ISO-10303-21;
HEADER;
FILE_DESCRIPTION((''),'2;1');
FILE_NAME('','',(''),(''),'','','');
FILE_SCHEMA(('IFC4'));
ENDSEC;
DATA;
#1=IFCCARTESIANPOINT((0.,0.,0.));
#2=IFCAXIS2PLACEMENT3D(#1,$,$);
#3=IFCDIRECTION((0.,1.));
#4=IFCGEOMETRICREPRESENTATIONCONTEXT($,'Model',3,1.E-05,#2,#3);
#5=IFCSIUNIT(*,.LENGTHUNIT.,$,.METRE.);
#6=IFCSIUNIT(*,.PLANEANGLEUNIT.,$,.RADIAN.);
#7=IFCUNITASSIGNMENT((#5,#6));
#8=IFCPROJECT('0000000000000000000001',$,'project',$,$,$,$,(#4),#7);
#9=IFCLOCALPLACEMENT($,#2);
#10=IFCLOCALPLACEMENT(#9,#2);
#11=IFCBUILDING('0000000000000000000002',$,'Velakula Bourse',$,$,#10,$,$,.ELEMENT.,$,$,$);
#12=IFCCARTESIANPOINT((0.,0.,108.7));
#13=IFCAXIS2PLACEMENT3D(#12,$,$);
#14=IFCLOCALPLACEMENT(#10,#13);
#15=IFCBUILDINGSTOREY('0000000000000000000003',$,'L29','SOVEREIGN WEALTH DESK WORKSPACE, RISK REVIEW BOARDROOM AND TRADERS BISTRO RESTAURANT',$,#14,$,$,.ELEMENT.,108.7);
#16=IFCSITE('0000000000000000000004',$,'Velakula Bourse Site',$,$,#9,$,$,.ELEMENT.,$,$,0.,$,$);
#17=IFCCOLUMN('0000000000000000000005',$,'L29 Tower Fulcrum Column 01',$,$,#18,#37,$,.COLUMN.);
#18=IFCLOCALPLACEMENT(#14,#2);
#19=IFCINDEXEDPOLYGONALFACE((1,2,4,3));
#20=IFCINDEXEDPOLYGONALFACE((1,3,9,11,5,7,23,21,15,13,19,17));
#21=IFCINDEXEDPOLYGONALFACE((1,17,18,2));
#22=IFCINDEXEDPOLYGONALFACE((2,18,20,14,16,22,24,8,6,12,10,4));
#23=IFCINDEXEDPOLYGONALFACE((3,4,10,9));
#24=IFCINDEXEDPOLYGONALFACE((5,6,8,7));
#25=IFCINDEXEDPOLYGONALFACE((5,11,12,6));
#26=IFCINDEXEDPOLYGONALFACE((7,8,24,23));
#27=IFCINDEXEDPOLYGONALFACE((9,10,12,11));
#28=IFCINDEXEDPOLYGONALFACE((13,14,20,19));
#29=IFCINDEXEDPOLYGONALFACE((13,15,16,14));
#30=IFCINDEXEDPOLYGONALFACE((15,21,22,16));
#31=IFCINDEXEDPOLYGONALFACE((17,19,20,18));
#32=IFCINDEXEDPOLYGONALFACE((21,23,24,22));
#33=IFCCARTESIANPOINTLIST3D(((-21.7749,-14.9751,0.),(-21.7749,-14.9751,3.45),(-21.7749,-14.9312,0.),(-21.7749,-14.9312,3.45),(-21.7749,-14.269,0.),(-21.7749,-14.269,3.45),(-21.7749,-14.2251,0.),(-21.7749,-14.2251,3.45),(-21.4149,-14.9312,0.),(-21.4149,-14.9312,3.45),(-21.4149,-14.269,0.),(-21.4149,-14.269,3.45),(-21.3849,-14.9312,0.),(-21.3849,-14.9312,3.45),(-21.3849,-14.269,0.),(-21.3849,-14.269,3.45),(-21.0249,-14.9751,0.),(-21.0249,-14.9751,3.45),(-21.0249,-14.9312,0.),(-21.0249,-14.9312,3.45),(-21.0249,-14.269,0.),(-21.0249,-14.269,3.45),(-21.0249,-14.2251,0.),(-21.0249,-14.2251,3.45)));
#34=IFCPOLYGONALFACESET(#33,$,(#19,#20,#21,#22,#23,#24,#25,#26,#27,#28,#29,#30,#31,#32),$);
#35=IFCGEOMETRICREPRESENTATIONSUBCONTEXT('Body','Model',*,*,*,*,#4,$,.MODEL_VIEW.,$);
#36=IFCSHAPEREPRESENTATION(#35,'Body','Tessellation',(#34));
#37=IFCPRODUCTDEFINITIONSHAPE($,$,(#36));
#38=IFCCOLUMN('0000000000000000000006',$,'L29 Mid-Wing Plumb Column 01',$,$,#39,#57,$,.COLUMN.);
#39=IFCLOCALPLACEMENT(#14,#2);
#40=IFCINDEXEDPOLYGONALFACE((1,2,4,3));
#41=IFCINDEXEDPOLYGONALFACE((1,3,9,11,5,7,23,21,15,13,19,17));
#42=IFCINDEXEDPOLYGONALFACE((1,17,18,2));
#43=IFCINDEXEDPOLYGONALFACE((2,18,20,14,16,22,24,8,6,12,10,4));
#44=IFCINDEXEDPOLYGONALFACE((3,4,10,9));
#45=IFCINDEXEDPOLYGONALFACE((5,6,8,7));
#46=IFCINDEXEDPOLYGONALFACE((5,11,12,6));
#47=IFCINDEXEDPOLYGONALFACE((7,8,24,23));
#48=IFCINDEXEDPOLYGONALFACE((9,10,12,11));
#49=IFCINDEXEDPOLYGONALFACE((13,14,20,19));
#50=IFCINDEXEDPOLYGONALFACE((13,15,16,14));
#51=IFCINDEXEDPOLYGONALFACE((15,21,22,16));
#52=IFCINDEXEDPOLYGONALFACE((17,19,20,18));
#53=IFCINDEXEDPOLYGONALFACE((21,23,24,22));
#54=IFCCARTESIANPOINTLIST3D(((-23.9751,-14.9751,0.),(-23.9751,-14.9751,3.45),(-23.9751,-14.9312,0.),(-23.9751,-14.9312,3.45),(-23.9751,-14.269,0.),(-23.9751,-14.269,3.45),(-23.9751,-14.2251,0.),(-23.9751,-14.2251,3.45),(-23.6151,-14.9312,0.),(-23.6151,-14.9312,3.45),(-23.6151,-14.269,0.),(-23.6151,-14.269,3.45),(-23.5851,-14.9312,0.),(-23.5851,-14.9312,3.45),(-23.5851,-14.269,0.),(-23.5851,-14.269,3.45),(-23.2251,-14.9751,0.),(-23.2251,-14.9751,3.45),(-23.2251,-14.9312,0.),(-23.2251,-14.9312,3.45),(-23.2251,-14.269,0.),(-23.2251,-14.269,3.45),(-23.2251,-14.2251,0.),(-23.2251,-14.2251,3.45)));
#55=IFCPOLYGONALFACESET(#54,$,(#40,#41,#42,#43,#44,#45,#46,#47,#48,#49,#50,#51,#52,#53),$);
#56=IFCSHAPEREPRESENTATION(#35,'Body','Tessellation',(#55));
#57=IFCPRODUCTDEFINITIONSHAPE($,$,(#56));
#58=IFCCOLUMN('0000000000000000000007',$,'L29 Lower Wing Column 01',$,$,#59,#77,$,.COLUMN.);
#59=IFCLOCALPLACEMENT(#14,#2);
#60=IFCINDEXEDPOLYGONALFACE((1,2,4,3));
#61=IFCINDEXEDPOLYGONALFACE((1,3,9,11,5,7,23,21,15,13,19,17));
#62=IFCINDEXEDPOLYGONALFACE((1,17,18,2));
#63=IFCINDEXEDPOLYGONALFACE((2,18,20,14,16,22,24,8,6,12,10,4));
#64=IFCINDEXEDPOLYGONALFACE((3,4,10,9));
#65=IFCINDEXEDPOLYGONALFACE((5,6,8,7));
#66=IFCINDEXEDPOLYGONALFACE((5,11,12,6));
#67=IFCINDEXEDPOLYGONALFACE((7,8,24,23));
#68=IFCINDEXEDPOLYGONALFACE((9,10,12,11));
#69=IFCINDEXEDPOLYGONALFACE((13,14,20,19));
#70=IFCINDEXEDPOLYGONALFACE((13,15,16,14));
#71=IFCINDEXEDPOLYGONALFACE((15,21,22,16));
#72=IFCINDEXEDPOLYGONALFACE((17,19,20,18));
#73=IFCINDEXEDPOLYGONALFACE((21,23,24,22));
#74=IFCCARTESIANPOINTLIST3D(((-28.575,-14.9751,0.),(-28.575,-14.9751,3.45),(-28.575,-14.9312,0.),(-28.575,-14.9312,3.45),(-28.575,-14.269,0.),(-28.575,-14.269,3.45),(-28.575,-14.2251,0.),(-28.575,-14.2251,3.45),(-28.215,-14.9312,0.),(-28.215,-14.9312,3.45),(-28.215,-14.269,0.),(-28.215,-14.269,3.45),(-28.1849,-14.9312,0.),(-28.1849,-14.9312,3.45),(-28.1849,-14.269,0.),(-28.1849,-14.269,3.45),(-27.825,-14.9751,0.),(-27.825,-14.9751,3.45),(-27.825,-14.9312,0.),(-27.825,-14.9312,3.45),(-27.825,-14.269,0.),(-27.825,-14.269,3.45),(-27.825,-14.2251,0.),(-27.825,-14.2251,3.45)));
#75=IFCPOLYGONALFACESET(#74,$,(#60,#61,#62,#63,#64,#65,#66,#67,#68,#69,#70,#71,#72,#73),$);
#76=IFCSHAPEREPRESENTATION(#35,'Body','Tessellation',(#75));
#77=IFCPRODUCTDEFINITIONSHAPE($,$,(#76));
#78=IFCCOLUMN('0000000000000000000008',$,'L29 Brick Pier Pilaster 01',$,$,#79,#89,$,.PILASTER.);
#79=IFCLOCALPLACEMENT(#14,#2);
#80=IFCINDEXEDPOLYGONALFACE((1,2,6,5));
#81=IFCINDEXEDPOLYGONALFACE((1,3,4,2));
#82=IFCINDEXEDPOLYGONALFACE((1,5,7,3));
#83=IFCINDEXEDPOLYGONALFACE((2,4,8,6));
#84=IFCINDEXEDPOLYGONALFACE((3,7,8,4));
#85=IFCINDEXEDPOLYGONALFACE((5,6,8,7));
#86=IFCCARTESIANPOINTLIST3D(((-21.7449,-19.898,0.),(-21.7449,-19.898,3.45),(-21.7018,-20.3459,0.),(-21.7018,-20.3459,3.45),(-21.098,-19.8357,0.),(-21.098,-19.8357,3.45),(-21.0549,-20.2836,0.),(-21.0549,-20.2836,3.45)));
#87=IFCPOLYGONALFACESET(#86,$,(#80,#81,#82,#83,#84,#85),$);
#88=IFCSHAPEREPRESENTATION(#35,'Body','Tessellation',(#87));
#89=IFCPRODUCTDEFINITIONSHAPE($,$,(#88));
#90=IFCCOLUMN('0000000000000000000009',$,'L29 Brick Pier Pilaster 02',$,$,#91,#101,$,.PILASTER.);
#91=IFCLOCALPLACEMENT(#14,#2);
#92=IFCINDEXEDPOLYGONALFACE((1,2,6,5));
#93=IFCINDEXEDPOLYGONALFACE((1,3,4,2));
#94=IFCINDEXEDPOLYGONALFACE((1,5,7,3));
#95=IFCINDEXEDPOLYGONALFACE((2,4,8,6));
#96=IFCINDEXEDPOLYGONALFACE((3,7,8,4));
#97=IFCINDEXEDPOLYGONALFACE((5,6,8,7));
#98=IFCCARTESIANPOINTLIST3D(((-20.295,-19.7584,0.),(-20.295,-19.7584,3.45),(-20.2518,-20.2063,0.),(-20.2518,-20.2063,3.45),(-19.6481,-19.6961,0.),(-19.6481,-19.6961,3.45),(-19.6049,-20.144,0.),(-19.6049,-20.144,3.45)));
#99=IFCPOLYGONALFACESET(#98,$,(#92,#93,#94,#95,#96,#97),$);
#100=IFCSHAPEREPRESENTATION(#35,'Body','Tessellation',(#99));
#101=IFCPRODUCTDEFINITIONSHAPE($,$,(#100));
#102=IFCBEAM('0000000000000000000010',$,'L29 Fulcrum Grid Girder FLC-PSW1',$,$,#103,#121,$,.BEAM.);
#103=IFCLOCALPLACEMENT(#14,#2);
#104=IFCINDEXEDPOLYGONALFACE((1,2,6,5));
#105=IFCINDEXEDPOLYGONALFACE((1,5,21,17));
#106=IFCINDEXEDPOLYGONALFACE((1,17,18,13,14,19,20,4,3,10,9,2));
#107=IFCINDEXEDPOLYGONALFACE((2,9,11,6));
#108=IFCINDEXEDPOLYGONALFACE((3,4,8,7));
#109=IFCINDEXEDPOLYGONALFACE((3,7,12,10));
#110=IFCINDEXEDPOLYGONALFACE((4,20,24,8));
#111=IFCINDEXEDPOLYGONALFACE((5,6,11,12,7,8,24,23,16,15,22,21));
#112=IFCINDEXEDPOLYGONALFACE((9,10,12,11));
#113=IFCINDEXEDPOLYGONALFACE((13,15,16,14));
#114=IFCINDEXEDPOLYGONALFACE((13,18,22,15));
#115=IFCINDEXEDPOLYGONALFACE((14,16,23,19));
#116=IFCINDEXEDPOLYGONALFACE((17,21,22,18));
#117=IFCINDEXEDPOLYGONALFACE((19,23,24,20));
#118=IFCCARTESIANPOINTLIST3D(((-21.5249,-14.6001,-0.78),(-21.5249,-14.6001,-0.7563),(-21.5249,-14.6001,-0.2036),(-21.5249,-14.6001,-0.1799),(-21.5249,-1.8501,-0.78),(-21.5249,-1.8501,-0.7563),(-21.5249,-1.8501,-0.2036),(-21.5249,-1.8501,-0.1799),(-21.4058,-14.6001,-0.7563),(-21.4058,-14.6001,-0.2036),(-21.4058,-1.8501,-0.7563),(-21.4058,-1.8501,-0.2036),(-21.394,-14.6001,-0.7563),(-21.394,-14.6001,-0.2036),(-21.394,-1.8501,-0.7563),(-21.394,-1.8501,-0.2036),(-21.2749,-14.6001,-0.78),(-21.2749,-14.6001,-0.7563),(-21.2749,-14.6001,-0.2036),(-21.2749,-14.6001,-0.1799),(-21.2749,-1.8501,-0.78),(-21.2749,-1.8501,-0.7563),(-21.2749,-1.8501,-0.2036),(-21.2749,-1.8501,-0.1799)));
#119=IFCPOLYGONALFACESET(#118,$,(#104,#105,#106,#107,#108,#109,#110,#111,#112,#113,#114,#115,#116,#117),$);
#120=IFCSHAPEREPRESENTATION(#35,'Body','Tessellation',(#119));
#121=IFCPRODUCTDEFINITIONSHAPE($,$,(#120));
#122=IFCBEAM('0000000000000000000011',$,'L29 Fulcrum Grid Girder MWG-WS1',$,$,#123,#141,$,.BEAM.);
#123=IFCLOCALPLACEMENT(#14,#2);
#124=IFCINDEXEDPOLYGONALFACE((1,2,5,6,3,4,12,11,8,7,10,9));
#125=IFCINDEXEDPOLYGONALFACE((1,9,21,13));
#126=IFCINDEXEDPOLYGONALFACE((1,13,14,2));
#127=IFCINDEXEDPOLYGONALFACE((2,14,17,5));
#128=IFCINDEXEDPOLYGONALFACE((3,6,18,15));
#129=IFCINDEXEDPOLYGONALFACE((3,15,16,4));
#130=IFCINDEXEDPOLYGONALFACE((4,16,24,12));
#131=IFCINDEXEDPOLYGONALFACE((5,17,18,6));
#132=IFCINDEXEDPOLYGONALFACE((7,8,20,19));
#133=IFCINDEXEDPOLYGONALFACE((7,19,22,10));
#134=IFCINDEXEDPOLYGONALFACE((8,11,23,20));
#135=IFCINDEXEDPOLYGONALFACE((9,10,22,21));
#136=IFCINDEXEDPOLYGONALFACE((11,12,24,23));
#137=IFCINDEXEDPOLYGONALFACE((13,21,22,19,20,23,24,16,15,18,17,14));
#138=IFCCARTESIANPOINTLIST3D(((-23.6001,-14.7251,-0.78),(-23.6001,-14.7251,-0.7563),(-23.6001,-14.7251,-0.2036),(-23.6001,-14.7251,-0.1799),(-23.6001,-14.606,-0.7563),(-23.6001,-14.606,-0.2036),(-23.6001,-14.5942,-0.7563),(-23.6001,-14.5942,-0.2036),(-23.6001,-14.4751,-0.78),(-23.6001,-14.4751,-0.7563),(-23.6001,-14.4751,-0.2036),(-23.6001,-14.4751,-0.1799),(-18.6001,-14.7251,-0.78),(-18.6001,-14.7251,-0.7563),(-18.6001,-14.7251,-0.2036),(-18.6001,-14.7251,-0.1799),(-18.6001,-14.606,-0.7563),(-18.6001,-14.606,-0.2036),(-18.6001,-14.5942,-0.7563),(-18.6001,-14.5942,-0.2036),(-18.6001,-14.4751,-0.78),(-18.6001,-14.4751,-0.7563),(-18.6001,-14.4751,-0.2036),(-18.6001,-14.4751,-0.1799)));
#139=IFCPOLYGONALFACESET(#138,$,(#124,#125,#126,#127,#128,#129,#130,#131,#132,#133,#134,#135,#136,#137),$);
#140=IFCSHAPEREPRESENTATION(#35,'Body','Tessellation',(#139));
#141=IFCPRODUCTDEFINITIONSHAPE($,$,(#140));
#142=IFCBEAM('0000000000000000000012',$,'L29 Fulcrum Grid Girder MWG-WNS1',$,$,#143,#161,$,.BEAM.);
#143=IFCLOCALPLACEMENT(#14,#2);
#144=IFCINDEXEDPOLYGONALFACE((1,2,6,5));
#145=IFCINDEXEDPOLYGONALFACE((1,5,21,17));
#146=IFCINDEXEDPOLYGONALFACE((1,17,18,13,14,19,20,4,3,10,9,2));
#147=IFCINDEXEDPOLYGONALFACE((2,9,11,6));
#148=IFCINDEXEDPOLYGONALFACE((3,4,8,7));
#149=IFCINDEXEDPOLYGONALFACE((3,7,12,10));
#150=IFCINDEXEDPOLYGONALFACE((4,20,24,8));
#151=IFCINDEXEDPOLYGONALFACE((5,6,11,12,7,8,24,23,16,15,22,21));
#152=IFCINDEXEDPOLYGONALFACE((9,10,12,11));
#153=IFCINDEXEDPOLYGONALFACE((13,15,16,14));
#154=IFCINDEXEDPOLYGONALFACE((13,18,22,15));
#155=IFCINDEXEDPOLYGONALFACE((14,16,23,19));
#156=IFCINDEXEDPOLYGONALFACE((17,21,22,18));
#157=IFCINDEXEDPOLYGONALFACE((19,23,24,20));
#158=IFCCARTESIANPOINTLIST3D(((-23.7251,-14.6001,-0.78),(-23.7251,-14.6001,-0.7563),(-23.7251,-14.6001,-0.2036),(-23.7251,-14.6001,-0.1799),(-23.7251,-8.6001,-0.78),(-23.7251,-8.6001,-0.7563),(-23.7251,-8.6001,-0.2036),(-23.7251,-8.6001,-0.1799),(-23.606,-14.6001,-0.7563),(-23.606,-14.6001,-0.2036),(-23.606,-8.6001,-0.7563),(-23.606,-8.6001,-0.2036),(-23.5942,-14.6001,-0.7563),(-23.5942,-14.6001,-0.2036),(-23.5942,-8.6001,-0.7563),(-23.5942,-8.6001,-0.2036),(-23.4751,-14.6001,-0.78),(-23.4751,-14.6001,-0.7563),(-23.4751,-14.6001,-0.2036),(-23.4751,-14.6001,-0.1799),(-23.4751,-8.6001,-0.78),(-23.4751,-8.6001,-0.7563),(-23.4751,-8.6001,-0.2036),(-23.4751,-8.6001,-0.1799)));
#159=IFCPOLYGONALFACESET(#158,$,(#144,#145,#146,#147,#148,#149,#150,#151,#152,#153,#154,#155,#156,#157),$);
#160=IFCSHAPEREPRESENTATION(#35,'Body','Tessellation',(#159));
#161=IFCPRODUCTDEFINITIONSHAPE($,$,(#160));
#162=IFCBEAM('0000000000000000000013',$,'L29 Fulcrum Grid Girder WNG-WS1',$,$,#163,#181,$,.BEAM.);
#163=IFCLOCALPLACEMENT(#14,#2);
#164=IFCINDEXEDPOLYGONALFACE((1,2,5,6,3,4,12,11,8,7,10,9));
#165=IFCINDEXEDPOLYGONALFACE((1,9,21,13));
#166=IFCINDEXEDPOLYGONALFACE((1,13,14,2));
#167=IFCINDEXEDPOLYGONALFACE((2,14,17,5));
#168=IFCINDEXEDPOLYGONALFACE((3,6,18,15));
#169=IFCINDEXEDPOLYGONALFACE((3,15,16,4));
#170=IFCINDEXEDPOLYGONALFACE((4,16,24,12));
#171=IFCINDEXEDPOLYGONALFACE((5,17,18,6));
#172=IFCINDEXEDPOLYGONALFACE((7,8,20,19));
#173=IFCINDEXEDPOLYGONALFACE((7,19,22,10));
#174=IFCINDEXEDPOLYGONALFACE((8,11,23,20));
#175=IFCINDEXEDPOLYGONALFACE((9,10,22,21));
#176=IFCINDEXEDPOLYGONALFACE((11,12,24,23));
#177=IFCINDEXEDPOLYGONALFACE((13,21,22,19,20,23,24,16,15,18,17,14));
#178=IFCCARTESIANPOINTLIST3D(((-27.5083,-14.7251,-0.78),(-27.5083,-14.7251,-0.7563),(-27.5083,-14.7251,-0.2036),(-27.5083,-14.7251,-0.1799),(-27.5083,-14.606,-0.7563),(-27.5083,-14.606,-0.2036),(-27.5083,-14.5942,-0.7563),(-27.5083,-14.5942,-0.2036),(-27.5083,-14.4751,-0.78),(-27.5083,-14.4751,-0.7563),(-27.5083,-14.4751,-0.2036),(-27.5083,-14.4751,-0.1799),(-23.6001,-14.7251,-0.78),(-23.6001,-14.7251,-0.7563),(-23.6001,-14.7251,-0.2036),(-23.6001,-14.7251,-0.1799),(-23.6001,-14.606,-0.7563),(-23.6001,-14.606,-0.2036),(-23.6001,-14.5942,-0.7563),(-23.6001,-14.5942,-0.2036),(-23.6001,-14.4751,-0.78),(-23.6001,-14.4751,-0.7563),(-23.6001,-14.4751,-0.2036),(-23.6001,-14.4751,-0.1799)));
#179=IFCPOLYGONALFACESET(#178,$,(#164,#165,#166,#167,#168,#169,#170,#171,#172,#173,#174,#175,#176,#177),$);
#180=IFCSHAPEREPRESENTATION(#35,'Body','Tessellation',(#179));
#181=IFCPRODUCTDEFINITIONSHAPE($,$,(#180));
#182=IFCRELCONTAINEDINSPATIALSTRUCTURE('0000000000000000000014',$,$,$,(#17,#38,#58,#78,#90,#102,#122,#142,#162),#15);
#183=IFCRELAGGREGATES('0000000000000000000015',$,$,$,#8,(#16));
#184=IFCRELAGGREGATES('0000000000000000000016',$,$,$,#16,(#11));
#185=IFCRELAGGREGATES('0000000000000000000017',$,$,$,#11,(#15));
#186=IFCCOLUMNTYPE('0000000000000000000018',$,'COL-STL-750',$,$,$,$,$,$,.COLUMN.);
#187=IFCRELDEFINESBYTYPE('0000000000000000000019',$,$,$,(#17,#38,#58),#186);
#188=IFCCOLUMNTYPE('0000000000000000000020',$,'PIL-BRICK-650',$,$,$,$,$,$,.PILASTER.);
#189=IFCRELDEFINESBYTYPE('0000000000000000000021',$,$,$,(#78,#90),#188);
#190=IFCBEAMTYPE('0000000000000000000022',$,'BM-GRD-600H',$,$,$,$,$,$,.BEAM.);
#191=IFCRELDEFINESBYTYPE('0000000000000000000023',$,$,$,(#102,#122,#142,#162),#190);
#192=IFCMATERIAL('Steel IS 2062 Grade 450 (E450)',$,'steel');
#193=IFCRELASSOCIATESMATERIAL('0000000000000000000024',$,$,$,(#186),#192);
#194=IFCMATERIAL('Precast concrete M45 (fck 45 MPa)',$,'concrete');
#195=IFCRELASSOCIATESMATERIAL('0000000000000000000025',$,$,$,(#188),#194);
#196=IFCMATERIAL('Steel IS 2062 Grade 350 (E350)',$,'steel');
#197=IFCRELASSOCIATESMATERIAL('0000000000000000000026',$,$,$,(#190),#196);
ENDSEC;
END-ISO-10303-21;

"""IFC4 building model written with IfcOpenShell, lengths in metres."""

from ifc_helpers import new_model, si_unit, direction, frame, origin, origin_2d, place, context, subcontext, project, spatial, rectangle, i_section, extrude, material, material_profile, profile_set, type_object, element, save


model = new_model("IFC4")

# Units and contexts
model_context = context("Model", 3, precision=1e-05, world=origin(), true_north=direction((0.0, 1.0)))
body_context = subcontext(model_context, "Body", "Model", "MODEL_VIEW")
ifc_project = project(units=[si_unit("LENGTHUNIT", "METRE"), si_unit("PLANEANGLEUNIT", "RADIAN")], contexts=[model_context])

# Site, building, storey
site_placement = place(None, origin())
site = spatial("IfcSite", under=ifc_project, at=site_placement, Name="Velakula Bourse Site", CompositionType="ELEMENT", RefElevation=0.0)
building_placement = place(site_placement, origin())
building = spatial("IfcBuilding", under=site, at=building_placement, Name="Velakula Bourse", CompositionType="ELEMENT")
storey_placement = place(building_placement, frame((0.0, 0.0, 108.7)))
storey = spatial("IfcBuildingStorey", under=building, at=storey_placement, Name="L29", Description="SOVEREIGN WEALTH DESK WORKSPACE, RISK REVIEW BOARDROOM AND TRADERS BISTRO RESTAURANT", CompositionType="ELEMENT", Elevation=108.7)

# Columns
ifc_material_1 = material(Name="Steel IS 2062 Grade 450 (E450)", Category="steel")
ifc_material_profile_1 = material_profile(ifc_material_1, i_section(OverallWidth=0.75, OverallDepth=0.75, WebThickness=0.03, FlangeThickness=0.0439, at=origin_2d()), Name="Steel IS 2062 Grade 450 (E450)")
ifc_profile_set_1 = profile_set([ifc_material_profile_1], Name="Steel IS 2062 Grade 450 (E450)")
column_type_1 = type_object("IfcColumnType", Name="COL-STL-750", PredefinedType="COLUMN", material=ifc_profile_set_1)
for number, where, z_axis, x_axis, name in (
    (1, (-21.3999, -14.6001, 0.0), (0.0, 0.0, 1.0), (1.0, 0.0, 0.0), "L29 Tower Fulcrum Column 01"),
    (2, (-23.6001, -14.6001, 0.0), (0.0, 0.0, 1.0), (1.0, 0.0, 0.0), "L29 Mid-Wing Plumb Column 01"),
    (3, (-28.2, -14.6001, 0.0), (0.0, 0.0, 1.0), (1.0, 0.0, 0.0), "L29 Lower Wing Column 01"),
):
    element("IfcColumn", number, at=place(storey_placement, frame(where, z_axis=z_axis, x_axis=x_axis)), inside=storey, type_object=column_type_1, Name=name, PredefinedType="COLUMN", context=body_context, shape_type="SweptSolid", body=[
        extrude(i_section(OverallWidth=0.75, OverallDepth=0.75, WebThickness=0.03, FlangeThickness=0.0439, at=origin_2d()), origin(), (0.0, 0.0, 1.0), 3.45),
    ])
ifc_material_2 = material(Name="Precast concrete M45 (fck 45 MPa)", Category="concrete")
ifc_material_profile_2 = material_profile(ifc_material_2, rectangle(XDim=0.6499, YDim=0.45, at=origin_2d()), Name="Precast concrete M45 (fck 45 MPa)")
ifc_profile_set_2 = profile_set([ifc_material_profile_2], Name="Precast concrete M45 (fck 45 MPa)")
column_type_2 = type_object("IfcColumnType", Name="PIL-BRICK-650", PredefinedType="PILASTER", material=ifc_profile_set_2)
for number, where, z_axis, x_axis, name in (
    (4, (-21.3999, -20.0908, 0.0), (0.0, 0.0, 1.0), (0.995396, 0.095846, 0.0), "L29 Brick Pier Pilaster 01"),
    (5, (-19.95, -19.9512, 0.0), (0.0, 0.0, 1.0), (0.995396, 0.095846, 0.0), "L29 Brick Pier Pilaster 02"),
):
    element("IfcColumn", number, at=place(storey_placement, frame(where, z_axis=z_axis, x_axis=x_axis)), inside=storey, type_object=column_type_2, Name=name, PredefinedType="PILASTER", context=body_context, shape_type="SweptSolid", body=[
        extrude(rectangle(XDim=0.6499, YDim=0.45, at=origin_2d()), origin(), (0.0, 0.0, 1.0), 3.45),
    ])

# Beams
ifc_material_3 = material(Name="Steel IS 2062 Grade 350 (E350)", Category="steel")
ifc_material_profile_3 = material_profile(ifc_material_3, i_section(OverallWidth=0.25, OverallDepth=0.6001, WebThickness=0.0117, FlangeThickness=0.0237, at=origin_2d()), Name="Steel IS 2062 Grade 350 (E350)")
ifc_profile_set_3 = profile_set([ifc_material_profile_3], Name="Steel IS 2062 Grade 350 (E350)")
beam_type_1 = type_object("IfcBeamType", Name="BM-GRD-600H", PredefinedType="BEAM", material=ifc_profile_set_3)
beam_1_placement = place(storey_placement, frame((-21.3999, -14.6001, -0.48), z_axis=(0.0, 1.0, 0.0), x_axis=(-1.0, 0.0, 0.0)))
element("IfcBeam", 6, at=beam_1_placement, inside=storey, type_object=beam_type_1, Name="L29 Fulcrum Grid Girder FLC-PSW1", PredefinedType="BEAM", context=body_context, shape_type="SweptSolid", body=[
    extrude(i_section(OverallWidth=0.25, OverallDepth=0.6001, WebThickness=0.0117, FlangeThickness=0.0237, at=origin_2d()), origin(), (0.0, 0.0, 1.0), 12.75),
])
beam_2_placement = place(storey_placement, frame((-23.6001, -14.6001, -0.48), z_axis=(1.0, 0.0, 0.0), x_axis=(0.0, 1.0, 0.0)))
element("IfcBeam", 7, at=beam_2_placement, inside=storey, type_object=beam_type_1, Name="L29 Fulcrum Grid Girder MWG-WS1", PredefinedType="BEAM", context=body_context, shape_type="SweptSolid", body=[
    extrude(i_section(OverallWidth=0.25, OverallDepth=0.6001, WebThickness=0.0117, FlangeThickness=0.0237, at=origin_2d()), origin(), (0.0, 0.0, 1.0), 5.0),
])
beam_3_placement = place(storey_placement, frame((-23.6001, -14.6001, -0.48), z_axis=(0.0, 1.0, 0.0), x_axis=(-1.0, 0.0, 0.0)))
element("IfcBeam", 8, at=beam_3_placement, inside=storey, type_object=beam_type_1, Name="L29 Fulcrum Grid Girder MWG-WNS1", PredefinedType="BEAM", context=body_context, shape_type="SweptSolid", body=[
    extrude(i_section(OverallWidth=0.25, OverallDepth=0.6001, WebThickness=0.0117, FlangeThickness=0.0237, at=origin_2d()), origin(), (0.0, 0.0, 1.0), 6.0),
])
beam_4_placement = place(storey_placement, frame((-27.5083, -14.6001, -0.48), z_axis=(1.0, 0.0, 0.0), x_axis=(0.0, 1.0, 0.0)))
element("IfcBeam", 9, at=beam_4_placement, inside=storey, type_object=beam_type_1, Name="L29 Fulcrum Grid Girder WNG-WS1", PredefinedType="BEAM", context=body_context, shape_type="SweptSolid", body=[
    extrude(i_section(OverallWidth=0.25, OverallDepth=0.6001, WebThickness=0.0117, FlangeThickness=0.0237, at=origin_2d()), origin(), (0.0, 0.0, 1.0), 3.9082),
])

save(model, "model.ifc")
